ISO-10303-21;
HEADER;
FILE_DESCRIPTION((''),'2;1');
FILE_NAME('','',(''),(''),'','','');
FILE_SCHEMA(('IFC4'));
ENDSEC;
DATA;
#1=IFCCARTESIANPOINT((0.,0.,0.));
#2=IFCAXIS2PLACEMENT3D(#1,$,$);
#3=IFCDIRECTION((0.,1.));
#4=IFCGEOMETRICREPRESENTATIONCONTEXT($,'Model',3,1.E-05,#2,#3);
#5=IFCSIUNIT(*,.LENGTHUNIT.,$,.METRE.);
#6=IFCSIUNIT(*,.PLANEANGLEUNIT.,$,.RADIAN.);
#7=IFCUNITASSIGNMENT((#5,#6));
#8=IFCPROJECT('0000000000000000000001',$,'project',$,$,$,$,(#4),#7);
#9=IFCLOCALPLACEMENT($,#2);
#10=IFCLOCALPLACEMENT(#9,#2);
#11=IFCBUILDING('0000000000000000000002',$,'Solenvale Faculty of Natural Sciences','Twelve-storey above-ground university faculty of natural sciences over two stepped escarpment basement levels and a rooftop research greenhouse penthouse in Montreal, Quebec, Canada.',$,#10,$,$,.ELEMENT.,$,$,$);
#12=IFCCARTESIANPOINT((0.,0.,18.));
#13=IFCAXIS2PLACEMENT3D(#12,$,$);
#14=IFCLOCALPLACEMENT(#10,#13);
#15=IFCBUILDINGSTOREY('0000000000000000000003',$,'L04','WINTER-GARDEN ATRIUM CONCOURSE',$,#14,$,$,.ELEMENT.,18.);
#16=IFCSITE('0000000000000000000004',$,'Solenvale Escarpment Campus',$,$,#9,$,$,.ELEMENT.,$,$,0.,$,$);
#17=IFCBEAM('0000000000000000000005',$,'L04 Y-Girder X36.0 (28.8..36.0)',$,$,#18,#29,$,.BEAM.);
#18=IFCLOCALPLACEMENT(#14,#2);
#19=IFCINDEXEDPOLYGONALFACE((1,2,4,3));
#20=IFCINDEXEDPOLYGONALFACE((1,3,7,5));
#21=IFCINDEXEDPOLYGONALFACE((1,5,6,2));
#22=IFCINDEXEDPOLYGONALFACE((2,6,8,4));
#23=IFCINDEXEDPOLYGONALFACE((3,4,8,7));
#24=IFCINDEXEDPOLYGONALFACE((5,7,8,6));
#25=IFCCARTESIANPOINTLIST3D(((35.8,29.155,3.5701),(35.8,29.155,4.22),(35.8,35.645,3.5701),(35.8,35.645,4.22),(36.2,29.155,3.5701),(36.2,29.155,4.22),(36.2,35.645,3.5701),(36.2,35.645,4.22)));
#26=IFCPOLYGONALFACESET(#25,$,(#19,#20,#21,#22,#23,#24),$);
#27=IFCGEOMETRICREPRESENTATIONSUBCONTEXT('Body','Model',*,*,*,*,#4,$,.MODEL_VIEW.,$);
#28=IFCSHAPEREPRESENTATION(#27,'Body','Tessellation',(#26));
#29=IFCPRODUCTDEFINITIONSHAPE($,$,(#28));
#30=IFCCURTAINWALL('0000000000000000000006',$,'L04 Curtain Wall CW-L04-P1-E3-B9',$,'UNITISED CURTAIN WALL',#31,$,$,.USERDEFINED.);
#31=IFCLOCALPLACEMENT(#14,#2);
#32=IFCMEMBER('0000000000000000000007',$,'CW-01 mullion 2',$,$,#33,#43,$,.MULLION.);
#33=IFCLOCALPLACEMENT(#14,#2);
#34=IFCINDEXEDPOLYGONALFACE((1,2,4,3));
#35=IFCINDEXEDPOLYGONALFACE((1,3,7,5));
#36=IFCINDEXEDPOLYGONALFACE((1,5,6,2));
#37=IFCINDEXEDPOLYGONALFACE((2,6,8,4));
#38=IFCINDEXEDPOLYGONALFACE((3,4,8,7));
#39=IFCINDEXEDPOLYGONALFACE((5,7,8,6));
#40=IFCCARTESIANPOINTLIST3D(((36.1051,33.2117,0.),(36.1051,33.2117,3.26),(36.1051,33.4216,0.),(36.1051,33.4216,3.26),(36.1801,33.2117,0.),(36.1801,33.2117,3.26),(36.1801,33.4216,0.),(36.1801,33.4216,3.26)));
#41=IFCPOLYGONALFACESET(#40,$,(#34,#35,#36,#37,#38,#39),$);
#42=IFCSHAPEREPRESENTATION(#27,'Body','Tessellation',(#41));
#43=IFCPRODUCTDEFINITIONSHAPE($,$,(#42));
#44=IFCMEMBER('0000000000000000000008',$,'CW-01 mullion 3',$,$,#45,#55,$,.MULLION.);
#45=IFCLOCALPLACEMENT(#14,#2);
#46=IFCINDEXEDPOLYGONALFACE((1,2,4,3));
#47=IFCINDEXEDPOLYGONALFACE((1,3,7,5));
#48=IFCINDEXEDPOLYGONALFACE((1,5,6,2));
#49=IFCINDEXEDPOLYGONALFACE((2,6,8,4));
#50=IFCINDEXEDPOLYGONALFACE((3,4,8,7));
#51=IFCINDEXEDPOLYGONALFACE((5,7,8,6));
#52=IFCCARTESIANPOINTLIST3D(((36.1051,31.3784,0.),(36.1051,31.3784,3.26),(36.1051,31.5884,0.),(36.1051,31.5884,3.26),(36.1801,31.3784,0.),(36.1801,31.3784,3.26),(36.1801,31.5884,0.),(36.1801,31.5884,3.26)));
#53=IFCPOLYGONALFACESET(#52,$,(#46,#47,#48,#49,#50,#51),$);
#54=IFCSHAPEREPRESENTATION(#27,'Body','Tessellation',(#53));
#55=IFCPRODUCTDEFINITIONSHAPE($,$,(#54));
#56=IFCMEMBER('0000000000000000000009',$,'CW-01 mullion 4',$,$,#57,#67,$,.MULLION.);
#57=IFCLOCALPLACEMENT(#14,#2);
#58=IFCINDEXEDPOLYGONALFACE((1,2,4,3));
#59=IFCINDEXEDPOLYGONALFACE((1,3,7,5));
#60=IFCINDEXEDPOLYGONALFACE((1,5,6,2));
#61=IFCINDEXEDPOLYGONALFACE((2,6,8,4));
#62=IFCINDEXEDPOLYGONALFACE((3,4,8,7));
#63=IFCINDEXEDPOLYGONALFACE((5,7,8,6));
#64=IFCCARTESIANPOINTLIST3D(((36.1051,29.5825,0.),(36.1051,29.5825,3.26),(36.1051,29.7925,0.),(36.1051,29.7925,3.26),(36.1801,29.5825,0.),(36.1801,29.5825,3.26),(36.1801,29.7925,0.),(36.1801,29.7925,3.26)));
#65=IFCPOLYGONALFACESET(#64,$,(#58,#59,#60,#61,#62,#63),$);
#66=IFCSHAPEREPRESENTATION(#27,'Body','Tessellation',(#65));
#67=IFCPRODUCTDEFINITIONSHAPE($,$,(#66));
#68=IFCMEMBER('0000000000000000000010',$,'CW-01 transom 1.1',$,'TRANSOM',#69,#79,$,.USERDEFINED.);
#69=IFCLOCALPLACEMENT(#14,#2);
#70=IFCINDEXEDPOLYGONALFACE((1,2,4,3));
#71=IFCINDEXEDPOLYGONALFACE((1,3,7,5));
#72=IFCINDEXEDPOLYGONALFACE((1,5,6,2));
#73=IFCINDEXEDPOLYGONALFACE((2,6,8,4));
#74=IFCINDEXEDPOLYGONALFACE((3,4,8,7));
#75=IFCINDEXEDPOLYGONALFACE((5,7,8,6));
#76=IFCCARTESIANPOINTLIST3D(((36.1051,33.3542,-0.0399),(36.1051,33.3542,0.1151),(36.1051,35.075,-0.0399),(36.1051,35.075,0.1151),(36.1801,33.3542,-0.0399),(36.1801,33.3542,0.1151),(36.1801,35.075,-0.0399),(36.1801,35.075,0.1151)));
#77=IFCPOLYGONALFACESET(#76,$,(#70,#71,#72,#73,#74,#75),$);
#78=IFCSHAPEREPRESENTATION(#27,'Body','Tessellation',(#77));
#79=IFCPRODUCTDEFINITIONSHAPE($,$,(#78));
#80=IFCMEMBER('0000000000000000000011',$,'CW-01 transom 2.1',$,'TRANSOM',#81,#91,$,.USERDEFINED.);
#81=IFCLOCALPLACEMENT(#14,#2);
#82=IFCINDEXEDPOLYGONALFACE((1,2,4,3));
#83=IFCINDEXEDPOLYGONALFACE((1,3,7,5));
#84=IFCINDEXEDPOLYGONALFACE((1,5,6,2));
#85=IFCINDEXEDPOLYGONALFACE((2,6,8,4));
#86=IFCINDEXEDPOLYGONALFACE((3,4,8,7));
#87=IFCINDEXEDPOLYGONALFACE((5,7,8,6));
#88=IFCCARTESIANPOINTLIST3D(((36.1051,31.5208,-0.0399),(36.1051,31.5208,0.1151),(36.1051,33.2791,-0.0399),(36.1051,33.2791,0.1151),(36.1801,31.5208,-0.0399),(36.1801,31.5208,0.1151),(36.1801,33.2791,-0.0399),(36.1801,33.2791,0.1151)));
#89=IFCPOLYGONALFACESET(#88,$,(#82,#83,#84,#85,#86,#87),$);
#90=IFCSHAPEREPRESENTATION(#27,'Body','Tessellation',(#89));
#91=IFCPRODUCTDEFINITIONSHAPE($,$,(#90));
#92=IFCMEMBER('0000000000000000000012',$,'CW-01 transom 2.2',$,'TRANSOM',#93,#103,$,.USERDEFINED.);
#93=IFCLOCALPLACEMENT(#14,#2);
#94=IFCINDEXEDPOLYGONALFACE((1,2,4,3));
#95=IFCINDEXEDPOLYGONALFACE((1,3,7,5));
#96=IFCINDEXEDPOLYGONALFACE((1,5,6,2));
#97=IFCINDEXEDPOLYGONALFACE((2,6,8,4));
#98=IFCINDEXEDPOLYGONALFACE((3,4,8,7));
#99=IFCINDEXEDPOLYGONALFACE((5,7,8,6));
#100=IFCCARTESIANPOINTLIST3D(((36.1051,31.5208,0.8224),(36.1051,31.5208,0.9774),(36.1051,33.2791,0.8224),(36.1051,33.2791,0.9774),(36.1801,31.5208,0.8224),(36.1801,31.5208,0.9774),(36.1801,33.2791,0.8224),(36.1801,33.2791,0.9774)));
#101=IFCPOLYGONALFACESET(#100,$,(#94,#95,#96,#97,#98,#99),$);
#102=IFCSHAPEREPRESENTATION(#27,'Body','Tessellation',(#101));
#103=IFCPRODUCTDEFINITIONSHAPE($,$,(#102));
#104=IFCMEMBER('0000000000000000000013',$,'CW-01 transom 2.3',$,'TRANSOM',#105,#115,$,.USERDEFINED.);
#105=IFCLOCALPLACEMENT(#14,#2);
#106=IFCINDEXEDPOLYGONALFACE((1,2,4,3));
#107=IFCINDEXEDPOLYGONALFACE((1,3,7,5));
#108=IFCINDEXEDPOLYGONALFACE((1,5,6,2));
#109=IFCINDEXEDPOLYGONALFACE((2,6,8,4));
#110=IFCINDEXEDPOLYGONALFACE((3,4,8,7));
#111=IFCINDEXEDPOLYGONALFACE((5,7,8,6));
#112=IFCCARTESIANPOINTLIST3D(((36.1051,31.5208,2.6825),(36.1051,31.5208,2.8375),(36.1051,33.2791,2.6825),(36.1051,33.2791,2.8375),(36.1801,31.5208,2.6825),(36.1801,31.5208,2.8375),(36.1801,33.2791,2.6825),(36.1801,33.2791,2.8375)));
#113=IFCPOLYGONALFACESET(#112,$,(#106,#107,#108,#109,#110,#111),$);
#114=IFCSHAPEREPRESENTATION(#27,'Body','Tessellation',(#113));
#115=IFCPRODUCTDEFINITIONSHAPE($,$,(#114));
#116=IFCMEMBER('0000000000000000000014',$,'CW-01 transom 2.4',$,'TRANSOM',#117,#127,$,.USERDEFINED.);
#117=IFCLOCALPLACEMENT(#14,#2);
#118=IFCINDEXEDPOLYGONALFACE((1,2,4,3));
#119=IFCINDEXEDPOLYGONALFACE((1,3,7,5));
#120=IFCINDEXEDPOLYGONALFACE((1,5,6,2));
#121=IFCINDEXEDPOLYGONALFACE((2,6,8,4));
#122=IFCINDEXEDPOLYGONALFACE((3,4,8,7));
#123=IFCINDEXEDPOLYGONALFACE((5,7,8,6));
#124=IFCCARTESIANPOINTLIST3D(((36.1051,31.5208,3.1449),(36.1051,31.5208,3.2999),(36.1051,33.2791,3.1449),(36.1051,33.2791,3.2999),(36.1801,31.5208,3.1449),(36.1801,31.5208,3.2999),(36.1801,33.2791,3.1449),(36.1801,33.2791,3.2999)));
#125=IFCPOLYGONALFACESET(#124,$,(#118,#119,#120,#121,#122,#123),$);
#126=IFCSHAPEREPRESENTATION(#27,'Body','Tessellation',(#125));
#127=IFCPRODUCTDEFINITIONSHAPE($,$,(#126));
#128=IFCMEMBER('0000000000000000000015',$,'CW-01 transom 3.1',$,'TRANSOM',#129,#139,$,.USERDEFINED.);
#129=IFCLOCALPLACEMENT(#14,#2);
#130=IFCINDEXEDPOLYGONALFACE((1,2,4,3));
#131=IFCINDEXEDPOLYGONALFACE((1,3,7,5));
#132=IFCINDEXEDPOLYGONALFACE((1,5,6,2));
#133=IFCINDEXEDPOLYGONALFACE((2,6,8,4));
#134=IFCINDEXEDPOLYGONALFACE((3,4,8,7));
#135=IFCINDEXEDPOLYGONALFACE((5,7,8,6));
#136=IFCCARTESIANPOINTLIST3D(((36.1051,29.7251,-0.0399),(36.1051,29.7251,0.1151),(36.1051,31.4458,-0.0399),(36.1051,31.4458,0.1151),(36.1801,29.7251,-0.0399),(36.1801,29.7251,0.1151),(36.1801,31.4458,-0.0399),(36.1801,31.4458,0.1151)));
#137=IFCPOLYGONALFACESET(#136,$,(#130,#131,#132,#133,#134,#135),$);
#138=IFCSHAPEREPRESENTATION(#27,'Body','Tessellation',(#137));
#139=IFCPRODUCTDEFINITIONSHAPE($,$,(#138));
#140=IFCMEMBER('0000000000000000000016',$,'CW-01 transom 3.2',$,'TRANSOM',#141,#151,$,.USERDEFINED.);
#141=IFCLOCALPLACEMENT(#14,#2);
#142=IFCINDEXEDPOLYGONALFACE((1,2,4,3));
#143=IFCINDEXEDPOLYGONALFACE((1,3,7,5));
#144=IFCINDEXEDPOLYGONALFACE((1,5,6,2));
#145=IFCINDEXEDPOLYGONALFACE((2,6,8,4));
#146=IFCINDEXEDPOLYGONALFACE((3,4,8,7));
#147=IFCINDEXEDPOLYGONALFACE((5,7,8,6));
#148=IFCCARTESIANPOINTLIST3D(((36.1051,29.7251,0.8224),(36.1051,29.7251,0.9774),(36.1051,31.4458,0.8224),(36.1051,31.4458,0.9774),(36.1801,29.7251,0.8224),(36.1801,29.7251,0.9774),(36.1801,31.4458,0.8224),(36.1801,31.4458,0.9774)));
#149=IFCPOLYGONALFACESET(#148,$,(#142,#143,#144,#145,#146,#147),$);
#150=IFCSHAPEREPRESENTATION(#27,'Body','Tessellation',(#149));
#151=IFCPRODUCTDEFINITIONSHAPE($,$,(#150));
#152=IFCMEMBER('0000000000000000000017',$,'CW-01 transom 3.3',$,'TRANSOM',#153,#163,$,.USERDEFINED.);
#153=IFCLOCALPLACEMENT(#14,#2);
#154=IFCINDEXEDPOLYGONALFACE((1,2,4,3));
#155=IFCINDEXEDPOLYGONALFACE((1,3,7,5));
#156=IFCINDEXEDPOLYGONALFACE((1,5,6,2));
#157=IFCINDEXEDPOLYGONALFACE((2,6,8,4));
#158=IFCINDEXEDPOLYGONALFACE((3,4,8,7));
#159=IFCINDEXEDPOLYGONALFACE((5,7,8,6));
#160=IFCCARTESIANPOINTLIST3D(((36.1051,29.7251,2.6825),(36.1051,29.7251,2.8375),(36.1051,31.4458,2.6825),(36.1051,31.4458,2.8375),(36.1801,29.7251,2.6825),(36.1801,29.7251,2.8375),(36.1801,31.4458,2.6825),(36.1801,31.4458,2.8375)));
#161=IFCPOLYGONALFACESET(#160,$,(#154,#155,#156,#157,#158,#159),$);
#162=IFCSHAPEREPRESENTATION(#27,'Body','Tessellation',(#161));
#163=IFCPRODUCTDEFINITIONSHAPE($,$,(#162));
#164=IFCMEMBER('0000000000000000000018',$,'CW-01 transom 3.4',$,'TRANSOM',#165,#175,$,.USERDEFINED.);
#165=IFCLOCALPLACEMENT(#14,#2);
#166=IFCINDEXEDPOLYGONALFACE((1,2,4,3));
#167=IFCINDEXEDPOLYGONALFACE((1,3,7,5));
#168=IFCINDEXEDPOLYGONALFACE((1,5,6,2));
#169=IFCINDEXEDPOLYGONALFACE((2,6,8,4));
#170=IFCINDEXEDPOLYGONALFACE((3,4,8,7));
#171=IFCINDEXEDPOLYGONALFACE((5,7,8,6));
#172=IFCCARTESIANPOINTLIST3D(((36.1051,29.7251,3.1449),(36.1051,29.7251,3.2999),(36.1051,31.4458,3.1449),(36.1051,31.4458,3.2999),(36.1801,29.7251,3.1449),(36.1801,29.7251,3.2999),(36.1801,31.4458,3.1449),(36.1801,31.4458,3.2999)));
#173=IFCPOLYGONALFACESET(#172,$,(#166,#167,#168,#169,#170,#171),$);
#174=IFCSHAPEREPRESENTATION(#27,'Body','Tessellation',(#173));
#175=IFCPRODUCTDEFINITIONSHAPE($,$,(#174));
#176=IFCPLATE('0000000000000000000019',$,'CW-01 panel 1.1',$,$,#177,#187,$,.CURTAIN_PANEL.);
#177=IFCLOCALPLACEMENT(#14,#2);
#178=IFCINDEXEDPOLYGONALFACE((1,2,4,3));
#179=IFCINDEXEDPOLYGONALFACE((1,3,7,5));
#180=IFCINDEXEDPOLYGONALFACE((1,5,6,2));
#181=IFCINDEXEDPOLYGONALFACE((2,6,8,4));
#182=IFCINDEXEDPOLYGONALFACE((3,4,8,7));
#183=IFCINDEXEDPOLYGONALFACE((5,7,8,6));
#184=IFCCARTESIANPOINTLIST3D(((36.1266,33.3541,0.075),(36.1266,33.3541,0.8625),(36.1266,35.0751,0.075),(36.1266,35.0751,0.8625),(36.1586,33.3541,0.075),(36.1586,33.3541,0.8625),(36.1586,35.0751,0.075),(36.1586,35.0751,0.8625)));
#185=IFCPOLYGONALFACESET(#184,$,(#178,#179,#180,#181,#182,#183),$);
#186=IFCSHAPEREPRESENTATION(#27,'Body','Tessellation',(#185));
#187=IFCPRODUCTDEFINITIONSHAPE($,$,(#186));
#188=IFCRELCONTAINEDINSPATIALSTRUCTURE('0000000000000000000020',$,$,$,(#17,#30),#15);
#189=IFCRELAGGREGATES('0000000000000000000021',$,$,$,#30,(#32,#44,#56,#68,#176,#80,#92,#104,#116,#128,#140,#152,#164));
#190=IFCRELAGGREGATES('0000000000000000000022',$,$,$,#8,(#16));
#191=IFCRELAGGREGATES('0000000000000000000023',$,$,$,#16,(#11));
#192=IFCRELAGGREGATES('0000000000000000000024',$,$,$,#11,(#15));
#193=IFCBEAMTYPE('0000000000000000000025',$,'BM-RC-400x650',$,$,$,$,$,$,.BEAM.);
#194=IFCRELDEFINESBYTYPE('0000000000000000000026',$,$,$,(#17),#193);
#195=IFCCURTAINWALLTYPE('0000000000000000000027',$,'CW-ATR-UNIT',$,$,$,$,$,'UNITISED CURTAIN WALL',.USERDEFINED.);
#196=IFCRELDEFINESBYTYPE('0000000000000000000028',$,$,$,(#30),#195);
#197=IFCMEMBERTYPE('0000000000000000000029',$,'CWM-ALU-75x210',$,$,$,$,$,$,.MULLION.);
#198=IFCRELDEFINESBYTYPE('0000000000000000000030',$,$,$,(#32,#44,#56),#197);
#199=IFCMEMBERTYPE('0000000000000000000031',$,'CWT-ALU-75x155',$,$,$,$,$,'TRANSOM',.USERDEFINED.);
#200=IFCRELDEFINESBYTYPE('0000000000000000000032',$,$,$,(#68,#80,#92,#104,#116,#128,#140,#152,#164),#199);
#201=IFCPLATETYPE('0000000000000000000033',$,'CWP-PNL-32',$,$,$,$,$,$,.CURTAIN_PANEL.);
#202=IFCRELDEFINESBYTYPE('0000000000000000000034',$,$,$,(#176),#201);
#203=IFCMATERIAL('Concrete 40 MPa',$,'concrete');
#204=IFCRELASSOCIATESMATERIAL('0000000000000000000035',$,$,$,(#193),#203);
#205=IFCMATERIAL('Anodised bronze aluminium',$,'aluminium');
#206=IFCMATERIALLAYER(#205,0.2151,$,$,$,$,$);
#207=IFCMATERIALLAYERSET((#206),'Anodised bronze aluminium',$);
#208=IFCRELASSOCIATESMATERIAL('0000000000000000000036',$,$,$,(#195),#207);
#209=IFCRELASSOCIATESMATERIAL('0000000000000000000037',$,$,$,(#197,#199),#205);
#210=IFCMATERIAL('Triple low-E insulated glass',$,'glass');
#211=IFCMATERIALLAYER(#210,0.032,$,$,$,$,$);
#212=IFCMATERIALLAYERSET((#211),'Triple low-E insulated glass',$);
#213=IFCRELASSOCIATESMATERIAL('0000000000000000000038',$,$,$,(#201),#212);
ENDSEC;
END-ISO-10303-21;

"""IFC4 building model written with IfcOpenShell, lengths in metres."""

from ifc_helpers import new_model, si_unit, direction, frame, origin, origin_2d, place, context, subcontext, project, spatial, rectangle, extrude, material, layer, layer_set, material_profile, profile_set, type_object, element, aggregate, save


model = new_model("IFC4")

# Units and contexts
model_context = context("Model", 3, precision=1e-05, world=origin(), true_north=direction((0.0, 1.0)))
body_context = subcontext(model_context, "Body", "Model", "MODEL_VIEW")
ifc_project = project(units=[si_unit("LENGTHUNIT", "METRE"), si_unit("PLANEANGLEUNIT", "RADIAN")], contexts=[model_context])

# Site, building, storey
site_placement = place(None, origin())
site = spatial("IfcSite", under=ifc_project, at=site_placement, Name="Solenvale Escarpment Campus", CompositionType="ELEMENT", RefElevation=0.0)
building_placement = place(site_placement, origin())
building = spatial("IfcBuilding", under=site, at=building_placement, Name="Solenvale Faculty of Natural Sciences", Description="Twelve-storey above-ground university faculty of natural sciences over two stepped escarpment basement levels and a rooftop research greenhouse penthouse in Montreal, Quebec, Canada.", CompositionType="ELEMENT")
storey_placement = place(building_placement, frame((0.0, 0.0, 18.0)))
storey = spatial("IfcBuildingStorey", under=building, at=storey_placement, Name="L04", Description="WINTER-GARDEN ATRIUM CONCOURSE", CompositionType="ELEMENT", Elevation=18.0)

# Beam
ifc_material_1 = material(Name="Concrete 40 MPa", Category="concrete")
ifc_material_profile_1 = material_profile(ifc_material_1, rectangle(XDim=0.3999, YDim=0.6499, at=origin_2d()), Name="RC-BM-400x650")
ifc_profile_set_1 = profile_set([ifc_material_profile_1], Name="Concrete 40 MPa")
beam_type = type_object("IfcBeamType", Name="BM-RC-400x650", PredefinedType="BEAM", material=ifc_profile_set_1)
beam_placement = place(storey_placement, frame((36.0, 29.155, 3.895), z_axis=(0.0, 1.0, 0.0), x_axis=(-1.0, 0.0, 0.0)))
element("IfcBeam", 1, at=beam_placement, inside=storey, type_object=beam_type, Name="L04 Y-Girder X36.0 (28.8..36.0)", PredefinedType="BEAM", context=body_context, shape_type="SweptSolid", body=[
    extrude(rectangle(XDim=0.3999, YDim=0.6499, at=origin_2d()), origin(), (0.0, 0.0, 1.0), 6.49),
])

# Curtain wall, members, plate
ifc_material_2 = material(Name="Anodised bronze aluminium", Category="aluminium")
ifc_layer_1 = layer(ifc_material_2, 0.2151)
ifc_layer_set_1 = layer_set([ifc_layer_1], Name="Anodised bronze aluminium")
curtain_wall_type = type_object("IfcCurtainWallType", Name="CW-ATR-UNIT", ElementType="UNITISED CURTAIN WALL", PredefinedType="USERDEFINED", material=ifc_layer_set_1)
curtain_wall_placement = place(storey_placement, origin())
curtain_wall = element("IfcCurtainWall", 2, at=curtain_wall_placement, inside=storey, type_object=curtain_wall_type, Name="L04 Curtain Wall CW-L04-P1-E3-B9", ObjectType="UNITISED CURTAIN WALL", PredefinedType="USERDEFINED")
ifc_material_profile_2 = material_profile(ifc_material_2, rectangle(XDim=0.075, YDim=0.21, at=origin_2d()), Name="ALU-MUL-75x210")
ifc_profile_set_2 = profile_set([ifc_material_profile_2], Name="Anodised bronze aluminium")
member_type_1 = type_object("IfcMemberType", Name="CWM-ALU-75x210", PredefinedType="MULLION", material=ifc_profile_set_2)
member_1_placement = place(storey_placement, frame((36.1426, 33.3167, 0.0), z_axis=(0.0, 0.0, 1.0), x_axis=(1.0, 0.0, 0.0)))
member_1 = element("IfcMember", 3, at=member_1_placement, type_object=member_type_1, Name="CW-01 mullion 2", PredefinedType="MULLION", context=body_context, shape_type="SweptSolid", body=[
    extrude(rectangle(XDim=0.075, YDim=0.21, at=origin_2d()), origin(), (0.0, 0.0, 1.0), 3.26),
])
member_2_placement = place(storey_placement, frame((36.1426, 31.4834, 0.0), z_axis=(0.0, 0.0, 1.0), x_axis=(1.0, 0.0, 0.0)))
member_2 = element("IfcMember", 4, at=member_2_placement, type_object=member_type_1, Name="CW-01 mullion 3", PredefinedType="MULLION", context=body_context, shape_type="SweptSolid", body=[
    extrude(rectangle(XDim=0.075, YDim=0.21, at=origin_2d()), origin(), (0.0, 0.0, 1.0), 3.26),
])
member_3_placement = place(storey_placement, frame((36.1426, 29.6875, 0.0), z_axis=(0.0, 0.0, 1.0), x_axis=(1.0, 0.0, 0.0)))
member_3 = element("IfcMember", 5, at=member_3_placement, type_object=member_type_1, Name="CW-01 mullion 4", PredefinedType="MULLION", context=body_context, shape_type="SweptSolid", body=[
    extrude(rectangle(XDim=0.075, YDim=0.21, at=origin_2d()), origin(), (0.0, 0.0, 1.0), 3.26),
])
ifc_material_profile_3 = material_profile(ifc_material_2, rectangle(XDim=0.075, YDim=0.155, at=origin_2d()), Name="ALU-TRN-75x155")
ifc_profile_set_3 = profile_set([ifc_material_profile_3], Name="Anodised bronze aluminium")
member_type_2 = type_object("IfcMemberType", Name="CWT-ALU-75x155", ElementType="TRANSOM", PredefinedType="USERDEFINED", material=ifc_profile_set_3)
member_4_placement = place(storey_placement, frame((36.1426, 35.075, 0.0376), z_axis=(0.0, -1.0, 0.0), x_axis=(1.0, 0.0, 0.0)))
member_4 = element("IfcMember", 6, at=member_4_placement, type_object=member_type_2, Name="CW-01 transom 1.1", ObjectType="TRANSOM", PredefinedType="USERDEFINED", context=body_context, shape_type="SweptSolid", body=[
    extrude(rectangle(XDim=0.075, YDim=0.155, at=origin_2d()), origin(), (0.0, 0.0, 1.0), 1.7207),
])
member_5_placement = place(storey_placement, frame((36.1426, 33.2791, 0.0376), z_axis=(0.0, -1.0, 0.0), x_axis=(1.0, 0.0, 0.0)))
member_5 = element("IfcMember", 7, at=member_5_placement, type_object=member_type_2, Name="CW-01 transom 2.1", ObjectType="TRANSOM", PredefinedType="USERDEFINED", context=body_context, shape_type="SweptSolid", body=[
    extrude(rectangle(XDim=0.075, YDim=0.155, at=origin_2d()), origin(), (0.0, 0.0, 1.0), 1.7583),
])
member_6_placement = place(storey_placement, frame((36.1426, 33.2791, 0.8999), z_axis=(0.0, -1.0, 0.0), x_axis=(1.0, 0.0, 0.0)))
member_6 = element("IfcMember", 8, at=member_6_placement, type_object=member_type_2, Name="CW-01 transom 2.2", ObjectType="TRANSOM", PredefinedType="USERDEFINED", context=body_context, shape_type="SweptSolid", body=[
    extrude(rectangle(XDim=0.075, YDim=0.155, at=origin_2d()), origin(), (0.0, 0.0, 1.0), 1.7583),
])
member_7_placement = place(storey_placement, frame((36.1426, 33.2791, 2.76), z_axis=(0.0, -1.0, 0.0), x_axis=(1.0, 0.0, 0.0)))
member_7 = element("IfcMember", 9, at=member_7_placement, type_object=member_type_2, Name="CW-01 transom 2.3", ObjectType="TRANSOM", PredefinedType="USERDEFINED", context=body_context, shape_type="SweptSolid", body=[
    extrude(rectangle(XDim=0.075, YDim=0.155, at=origin_2d()), origin(), (0.0, 0.0, 1.0), 1.7583),
])
member_8_placement = place(storey_placement, frame((36.1426, 33.2791, 3.2224), z_axis=(0.0, -1.0, 0.0), x_axis=(1.0, 0.0, 0.0)))
member_8 = element("IfcMember", 10, at=member_8_placement, type_object=member_type_2, Name="CW-01 transom 2.4", ObjectType="TRANSOM", PredefinedType="USERDEFINED", context=body_context, shape_type="SweptSolid", body=[
    extrude(rectangle(XDim=0.075, YDim=0.155, at=origin_2d()), origin(), (0.0, 0.0, 1.0), 1.7583),
])
member_9_placement = place(storey_placement, frame((36.1426, 31.4458, 0.0376), z_axis=(0.0, -1.0, 0.0), x_axis=(1.0, 0.0, 0.0)))
member_9 = element("IfcMember", 11, at=member_9_placement, type_object=member_type_2, Name="CW-01 transom 3.1", ObjectType="TRANSOM", PredefinedType="USERDEFINED", context=body_context, shape_type="SweptSolid", body=[
    extrude(rectangle(XDim=0.075, YDim=0.155, at=origin_2d()), origin(), (0.0, 0.0, 1.0), 1.7207),
])
member_10_placement = place(storey_placement, frame((36.1426, 31.4458, 0.8999), z_axis=(0.0, -1.0, 0.0), x_axis=(1.0, 0.0, 0.0)))
member_10 = element("IfcMember", 12, at=member_10_placement, type_object=member_type_2, Name="CW-01 transom 3.2", ObjectType="TRANSOM", PredefinedType="USERDEFINED", context=body_context, shape_type="SweptSolid", body=[
    extrude(rectangle(XDim=0.075, YDim=0.155, at=origin_2d()), origin(), (0.0, 0.0, 1.0), 1.7207),
])
member_11_placement = place(storey_placement, frame((36.1426, 31.4458, 2.76), z_axis=(0.0, -1.0, 0.0), x_axis=(1.0, 0.0, 0.0)))
member_11 = element("IfcMember", 13, at=member_11_placement, type_object=member_type_2, Name="CW-01 transom 3.3", ObjectType="TRANSOM", PredefinedType="USERDEFINED", context=body_context, shape_type="SweptSolid", body=[
    extrude(rectangle(XDim=0.075, YDim=0.155, at=origin_2d()), origin(), (0.0, 0.0, 1.0), 1.7207),
])
member_12_placement = place(storey_placement, frame((36.1426, 31.4458, 3.2224), z_axis=(0.0, -1.0, 0.0), x_axis=(1.0, 0.0, 0.0)))
member_12 = element("IfcMember", 14, at=member_12_placement, type_object=member_type_2, Name="CW-01 transom 3.4", ObjectType="TRANSOM", PredefinedType="USERDEFINED", context=body_context, shape_type="SweptSolid", body=[
    extrude(rectangle(XDim=0.075, YDim=0.155, at=origin_2d()), origin(), (0.0, 0.0, 1.0), 1.7207),
])
ifc_material_3 = material(Name="Triple low-E insulated glass", Category="glass")
ifc_layer_2 = layer(ifc_material_3, 0.032)
ifc_layer_set_2 = layer_set([ifc_layer_2], Name="Triple low-E insulated glass")
plate_type = type_object("IfcPlateType", Name="CWP-PNL-32", PredefinedType="CURTAIN_PANEL", material=ifc_layer_set_2)
plate_1_placement = place(storey_placement, frame((36.1426, 34.2146, 0.075), z_axis=(0.0, 0.0, 1.0), x_axis=(0.0, -1.0, 0.0)))
plate_1 = element("IfcPlate", 15, at=plate_1_placement, type_object=plate_type, Name="CW-01 panel 1.1", PredefinedType="CURTAIN_PANEL", context=body_context, shape_type="SweptSolid", body=[
    extrude(rectangle(XDim=1.7209, YDim=0.032, at=origin_2d()), origin(), (0.0, 0.0, 1.0), 0.7876),
])
aggregate(curtain_wall, [member_1, member_2, member_3, member_4, plate_1, member_5, member_6, member_7, member_8, member_9, member_10, member_11, member_12])

save(model, "model.ifc")
